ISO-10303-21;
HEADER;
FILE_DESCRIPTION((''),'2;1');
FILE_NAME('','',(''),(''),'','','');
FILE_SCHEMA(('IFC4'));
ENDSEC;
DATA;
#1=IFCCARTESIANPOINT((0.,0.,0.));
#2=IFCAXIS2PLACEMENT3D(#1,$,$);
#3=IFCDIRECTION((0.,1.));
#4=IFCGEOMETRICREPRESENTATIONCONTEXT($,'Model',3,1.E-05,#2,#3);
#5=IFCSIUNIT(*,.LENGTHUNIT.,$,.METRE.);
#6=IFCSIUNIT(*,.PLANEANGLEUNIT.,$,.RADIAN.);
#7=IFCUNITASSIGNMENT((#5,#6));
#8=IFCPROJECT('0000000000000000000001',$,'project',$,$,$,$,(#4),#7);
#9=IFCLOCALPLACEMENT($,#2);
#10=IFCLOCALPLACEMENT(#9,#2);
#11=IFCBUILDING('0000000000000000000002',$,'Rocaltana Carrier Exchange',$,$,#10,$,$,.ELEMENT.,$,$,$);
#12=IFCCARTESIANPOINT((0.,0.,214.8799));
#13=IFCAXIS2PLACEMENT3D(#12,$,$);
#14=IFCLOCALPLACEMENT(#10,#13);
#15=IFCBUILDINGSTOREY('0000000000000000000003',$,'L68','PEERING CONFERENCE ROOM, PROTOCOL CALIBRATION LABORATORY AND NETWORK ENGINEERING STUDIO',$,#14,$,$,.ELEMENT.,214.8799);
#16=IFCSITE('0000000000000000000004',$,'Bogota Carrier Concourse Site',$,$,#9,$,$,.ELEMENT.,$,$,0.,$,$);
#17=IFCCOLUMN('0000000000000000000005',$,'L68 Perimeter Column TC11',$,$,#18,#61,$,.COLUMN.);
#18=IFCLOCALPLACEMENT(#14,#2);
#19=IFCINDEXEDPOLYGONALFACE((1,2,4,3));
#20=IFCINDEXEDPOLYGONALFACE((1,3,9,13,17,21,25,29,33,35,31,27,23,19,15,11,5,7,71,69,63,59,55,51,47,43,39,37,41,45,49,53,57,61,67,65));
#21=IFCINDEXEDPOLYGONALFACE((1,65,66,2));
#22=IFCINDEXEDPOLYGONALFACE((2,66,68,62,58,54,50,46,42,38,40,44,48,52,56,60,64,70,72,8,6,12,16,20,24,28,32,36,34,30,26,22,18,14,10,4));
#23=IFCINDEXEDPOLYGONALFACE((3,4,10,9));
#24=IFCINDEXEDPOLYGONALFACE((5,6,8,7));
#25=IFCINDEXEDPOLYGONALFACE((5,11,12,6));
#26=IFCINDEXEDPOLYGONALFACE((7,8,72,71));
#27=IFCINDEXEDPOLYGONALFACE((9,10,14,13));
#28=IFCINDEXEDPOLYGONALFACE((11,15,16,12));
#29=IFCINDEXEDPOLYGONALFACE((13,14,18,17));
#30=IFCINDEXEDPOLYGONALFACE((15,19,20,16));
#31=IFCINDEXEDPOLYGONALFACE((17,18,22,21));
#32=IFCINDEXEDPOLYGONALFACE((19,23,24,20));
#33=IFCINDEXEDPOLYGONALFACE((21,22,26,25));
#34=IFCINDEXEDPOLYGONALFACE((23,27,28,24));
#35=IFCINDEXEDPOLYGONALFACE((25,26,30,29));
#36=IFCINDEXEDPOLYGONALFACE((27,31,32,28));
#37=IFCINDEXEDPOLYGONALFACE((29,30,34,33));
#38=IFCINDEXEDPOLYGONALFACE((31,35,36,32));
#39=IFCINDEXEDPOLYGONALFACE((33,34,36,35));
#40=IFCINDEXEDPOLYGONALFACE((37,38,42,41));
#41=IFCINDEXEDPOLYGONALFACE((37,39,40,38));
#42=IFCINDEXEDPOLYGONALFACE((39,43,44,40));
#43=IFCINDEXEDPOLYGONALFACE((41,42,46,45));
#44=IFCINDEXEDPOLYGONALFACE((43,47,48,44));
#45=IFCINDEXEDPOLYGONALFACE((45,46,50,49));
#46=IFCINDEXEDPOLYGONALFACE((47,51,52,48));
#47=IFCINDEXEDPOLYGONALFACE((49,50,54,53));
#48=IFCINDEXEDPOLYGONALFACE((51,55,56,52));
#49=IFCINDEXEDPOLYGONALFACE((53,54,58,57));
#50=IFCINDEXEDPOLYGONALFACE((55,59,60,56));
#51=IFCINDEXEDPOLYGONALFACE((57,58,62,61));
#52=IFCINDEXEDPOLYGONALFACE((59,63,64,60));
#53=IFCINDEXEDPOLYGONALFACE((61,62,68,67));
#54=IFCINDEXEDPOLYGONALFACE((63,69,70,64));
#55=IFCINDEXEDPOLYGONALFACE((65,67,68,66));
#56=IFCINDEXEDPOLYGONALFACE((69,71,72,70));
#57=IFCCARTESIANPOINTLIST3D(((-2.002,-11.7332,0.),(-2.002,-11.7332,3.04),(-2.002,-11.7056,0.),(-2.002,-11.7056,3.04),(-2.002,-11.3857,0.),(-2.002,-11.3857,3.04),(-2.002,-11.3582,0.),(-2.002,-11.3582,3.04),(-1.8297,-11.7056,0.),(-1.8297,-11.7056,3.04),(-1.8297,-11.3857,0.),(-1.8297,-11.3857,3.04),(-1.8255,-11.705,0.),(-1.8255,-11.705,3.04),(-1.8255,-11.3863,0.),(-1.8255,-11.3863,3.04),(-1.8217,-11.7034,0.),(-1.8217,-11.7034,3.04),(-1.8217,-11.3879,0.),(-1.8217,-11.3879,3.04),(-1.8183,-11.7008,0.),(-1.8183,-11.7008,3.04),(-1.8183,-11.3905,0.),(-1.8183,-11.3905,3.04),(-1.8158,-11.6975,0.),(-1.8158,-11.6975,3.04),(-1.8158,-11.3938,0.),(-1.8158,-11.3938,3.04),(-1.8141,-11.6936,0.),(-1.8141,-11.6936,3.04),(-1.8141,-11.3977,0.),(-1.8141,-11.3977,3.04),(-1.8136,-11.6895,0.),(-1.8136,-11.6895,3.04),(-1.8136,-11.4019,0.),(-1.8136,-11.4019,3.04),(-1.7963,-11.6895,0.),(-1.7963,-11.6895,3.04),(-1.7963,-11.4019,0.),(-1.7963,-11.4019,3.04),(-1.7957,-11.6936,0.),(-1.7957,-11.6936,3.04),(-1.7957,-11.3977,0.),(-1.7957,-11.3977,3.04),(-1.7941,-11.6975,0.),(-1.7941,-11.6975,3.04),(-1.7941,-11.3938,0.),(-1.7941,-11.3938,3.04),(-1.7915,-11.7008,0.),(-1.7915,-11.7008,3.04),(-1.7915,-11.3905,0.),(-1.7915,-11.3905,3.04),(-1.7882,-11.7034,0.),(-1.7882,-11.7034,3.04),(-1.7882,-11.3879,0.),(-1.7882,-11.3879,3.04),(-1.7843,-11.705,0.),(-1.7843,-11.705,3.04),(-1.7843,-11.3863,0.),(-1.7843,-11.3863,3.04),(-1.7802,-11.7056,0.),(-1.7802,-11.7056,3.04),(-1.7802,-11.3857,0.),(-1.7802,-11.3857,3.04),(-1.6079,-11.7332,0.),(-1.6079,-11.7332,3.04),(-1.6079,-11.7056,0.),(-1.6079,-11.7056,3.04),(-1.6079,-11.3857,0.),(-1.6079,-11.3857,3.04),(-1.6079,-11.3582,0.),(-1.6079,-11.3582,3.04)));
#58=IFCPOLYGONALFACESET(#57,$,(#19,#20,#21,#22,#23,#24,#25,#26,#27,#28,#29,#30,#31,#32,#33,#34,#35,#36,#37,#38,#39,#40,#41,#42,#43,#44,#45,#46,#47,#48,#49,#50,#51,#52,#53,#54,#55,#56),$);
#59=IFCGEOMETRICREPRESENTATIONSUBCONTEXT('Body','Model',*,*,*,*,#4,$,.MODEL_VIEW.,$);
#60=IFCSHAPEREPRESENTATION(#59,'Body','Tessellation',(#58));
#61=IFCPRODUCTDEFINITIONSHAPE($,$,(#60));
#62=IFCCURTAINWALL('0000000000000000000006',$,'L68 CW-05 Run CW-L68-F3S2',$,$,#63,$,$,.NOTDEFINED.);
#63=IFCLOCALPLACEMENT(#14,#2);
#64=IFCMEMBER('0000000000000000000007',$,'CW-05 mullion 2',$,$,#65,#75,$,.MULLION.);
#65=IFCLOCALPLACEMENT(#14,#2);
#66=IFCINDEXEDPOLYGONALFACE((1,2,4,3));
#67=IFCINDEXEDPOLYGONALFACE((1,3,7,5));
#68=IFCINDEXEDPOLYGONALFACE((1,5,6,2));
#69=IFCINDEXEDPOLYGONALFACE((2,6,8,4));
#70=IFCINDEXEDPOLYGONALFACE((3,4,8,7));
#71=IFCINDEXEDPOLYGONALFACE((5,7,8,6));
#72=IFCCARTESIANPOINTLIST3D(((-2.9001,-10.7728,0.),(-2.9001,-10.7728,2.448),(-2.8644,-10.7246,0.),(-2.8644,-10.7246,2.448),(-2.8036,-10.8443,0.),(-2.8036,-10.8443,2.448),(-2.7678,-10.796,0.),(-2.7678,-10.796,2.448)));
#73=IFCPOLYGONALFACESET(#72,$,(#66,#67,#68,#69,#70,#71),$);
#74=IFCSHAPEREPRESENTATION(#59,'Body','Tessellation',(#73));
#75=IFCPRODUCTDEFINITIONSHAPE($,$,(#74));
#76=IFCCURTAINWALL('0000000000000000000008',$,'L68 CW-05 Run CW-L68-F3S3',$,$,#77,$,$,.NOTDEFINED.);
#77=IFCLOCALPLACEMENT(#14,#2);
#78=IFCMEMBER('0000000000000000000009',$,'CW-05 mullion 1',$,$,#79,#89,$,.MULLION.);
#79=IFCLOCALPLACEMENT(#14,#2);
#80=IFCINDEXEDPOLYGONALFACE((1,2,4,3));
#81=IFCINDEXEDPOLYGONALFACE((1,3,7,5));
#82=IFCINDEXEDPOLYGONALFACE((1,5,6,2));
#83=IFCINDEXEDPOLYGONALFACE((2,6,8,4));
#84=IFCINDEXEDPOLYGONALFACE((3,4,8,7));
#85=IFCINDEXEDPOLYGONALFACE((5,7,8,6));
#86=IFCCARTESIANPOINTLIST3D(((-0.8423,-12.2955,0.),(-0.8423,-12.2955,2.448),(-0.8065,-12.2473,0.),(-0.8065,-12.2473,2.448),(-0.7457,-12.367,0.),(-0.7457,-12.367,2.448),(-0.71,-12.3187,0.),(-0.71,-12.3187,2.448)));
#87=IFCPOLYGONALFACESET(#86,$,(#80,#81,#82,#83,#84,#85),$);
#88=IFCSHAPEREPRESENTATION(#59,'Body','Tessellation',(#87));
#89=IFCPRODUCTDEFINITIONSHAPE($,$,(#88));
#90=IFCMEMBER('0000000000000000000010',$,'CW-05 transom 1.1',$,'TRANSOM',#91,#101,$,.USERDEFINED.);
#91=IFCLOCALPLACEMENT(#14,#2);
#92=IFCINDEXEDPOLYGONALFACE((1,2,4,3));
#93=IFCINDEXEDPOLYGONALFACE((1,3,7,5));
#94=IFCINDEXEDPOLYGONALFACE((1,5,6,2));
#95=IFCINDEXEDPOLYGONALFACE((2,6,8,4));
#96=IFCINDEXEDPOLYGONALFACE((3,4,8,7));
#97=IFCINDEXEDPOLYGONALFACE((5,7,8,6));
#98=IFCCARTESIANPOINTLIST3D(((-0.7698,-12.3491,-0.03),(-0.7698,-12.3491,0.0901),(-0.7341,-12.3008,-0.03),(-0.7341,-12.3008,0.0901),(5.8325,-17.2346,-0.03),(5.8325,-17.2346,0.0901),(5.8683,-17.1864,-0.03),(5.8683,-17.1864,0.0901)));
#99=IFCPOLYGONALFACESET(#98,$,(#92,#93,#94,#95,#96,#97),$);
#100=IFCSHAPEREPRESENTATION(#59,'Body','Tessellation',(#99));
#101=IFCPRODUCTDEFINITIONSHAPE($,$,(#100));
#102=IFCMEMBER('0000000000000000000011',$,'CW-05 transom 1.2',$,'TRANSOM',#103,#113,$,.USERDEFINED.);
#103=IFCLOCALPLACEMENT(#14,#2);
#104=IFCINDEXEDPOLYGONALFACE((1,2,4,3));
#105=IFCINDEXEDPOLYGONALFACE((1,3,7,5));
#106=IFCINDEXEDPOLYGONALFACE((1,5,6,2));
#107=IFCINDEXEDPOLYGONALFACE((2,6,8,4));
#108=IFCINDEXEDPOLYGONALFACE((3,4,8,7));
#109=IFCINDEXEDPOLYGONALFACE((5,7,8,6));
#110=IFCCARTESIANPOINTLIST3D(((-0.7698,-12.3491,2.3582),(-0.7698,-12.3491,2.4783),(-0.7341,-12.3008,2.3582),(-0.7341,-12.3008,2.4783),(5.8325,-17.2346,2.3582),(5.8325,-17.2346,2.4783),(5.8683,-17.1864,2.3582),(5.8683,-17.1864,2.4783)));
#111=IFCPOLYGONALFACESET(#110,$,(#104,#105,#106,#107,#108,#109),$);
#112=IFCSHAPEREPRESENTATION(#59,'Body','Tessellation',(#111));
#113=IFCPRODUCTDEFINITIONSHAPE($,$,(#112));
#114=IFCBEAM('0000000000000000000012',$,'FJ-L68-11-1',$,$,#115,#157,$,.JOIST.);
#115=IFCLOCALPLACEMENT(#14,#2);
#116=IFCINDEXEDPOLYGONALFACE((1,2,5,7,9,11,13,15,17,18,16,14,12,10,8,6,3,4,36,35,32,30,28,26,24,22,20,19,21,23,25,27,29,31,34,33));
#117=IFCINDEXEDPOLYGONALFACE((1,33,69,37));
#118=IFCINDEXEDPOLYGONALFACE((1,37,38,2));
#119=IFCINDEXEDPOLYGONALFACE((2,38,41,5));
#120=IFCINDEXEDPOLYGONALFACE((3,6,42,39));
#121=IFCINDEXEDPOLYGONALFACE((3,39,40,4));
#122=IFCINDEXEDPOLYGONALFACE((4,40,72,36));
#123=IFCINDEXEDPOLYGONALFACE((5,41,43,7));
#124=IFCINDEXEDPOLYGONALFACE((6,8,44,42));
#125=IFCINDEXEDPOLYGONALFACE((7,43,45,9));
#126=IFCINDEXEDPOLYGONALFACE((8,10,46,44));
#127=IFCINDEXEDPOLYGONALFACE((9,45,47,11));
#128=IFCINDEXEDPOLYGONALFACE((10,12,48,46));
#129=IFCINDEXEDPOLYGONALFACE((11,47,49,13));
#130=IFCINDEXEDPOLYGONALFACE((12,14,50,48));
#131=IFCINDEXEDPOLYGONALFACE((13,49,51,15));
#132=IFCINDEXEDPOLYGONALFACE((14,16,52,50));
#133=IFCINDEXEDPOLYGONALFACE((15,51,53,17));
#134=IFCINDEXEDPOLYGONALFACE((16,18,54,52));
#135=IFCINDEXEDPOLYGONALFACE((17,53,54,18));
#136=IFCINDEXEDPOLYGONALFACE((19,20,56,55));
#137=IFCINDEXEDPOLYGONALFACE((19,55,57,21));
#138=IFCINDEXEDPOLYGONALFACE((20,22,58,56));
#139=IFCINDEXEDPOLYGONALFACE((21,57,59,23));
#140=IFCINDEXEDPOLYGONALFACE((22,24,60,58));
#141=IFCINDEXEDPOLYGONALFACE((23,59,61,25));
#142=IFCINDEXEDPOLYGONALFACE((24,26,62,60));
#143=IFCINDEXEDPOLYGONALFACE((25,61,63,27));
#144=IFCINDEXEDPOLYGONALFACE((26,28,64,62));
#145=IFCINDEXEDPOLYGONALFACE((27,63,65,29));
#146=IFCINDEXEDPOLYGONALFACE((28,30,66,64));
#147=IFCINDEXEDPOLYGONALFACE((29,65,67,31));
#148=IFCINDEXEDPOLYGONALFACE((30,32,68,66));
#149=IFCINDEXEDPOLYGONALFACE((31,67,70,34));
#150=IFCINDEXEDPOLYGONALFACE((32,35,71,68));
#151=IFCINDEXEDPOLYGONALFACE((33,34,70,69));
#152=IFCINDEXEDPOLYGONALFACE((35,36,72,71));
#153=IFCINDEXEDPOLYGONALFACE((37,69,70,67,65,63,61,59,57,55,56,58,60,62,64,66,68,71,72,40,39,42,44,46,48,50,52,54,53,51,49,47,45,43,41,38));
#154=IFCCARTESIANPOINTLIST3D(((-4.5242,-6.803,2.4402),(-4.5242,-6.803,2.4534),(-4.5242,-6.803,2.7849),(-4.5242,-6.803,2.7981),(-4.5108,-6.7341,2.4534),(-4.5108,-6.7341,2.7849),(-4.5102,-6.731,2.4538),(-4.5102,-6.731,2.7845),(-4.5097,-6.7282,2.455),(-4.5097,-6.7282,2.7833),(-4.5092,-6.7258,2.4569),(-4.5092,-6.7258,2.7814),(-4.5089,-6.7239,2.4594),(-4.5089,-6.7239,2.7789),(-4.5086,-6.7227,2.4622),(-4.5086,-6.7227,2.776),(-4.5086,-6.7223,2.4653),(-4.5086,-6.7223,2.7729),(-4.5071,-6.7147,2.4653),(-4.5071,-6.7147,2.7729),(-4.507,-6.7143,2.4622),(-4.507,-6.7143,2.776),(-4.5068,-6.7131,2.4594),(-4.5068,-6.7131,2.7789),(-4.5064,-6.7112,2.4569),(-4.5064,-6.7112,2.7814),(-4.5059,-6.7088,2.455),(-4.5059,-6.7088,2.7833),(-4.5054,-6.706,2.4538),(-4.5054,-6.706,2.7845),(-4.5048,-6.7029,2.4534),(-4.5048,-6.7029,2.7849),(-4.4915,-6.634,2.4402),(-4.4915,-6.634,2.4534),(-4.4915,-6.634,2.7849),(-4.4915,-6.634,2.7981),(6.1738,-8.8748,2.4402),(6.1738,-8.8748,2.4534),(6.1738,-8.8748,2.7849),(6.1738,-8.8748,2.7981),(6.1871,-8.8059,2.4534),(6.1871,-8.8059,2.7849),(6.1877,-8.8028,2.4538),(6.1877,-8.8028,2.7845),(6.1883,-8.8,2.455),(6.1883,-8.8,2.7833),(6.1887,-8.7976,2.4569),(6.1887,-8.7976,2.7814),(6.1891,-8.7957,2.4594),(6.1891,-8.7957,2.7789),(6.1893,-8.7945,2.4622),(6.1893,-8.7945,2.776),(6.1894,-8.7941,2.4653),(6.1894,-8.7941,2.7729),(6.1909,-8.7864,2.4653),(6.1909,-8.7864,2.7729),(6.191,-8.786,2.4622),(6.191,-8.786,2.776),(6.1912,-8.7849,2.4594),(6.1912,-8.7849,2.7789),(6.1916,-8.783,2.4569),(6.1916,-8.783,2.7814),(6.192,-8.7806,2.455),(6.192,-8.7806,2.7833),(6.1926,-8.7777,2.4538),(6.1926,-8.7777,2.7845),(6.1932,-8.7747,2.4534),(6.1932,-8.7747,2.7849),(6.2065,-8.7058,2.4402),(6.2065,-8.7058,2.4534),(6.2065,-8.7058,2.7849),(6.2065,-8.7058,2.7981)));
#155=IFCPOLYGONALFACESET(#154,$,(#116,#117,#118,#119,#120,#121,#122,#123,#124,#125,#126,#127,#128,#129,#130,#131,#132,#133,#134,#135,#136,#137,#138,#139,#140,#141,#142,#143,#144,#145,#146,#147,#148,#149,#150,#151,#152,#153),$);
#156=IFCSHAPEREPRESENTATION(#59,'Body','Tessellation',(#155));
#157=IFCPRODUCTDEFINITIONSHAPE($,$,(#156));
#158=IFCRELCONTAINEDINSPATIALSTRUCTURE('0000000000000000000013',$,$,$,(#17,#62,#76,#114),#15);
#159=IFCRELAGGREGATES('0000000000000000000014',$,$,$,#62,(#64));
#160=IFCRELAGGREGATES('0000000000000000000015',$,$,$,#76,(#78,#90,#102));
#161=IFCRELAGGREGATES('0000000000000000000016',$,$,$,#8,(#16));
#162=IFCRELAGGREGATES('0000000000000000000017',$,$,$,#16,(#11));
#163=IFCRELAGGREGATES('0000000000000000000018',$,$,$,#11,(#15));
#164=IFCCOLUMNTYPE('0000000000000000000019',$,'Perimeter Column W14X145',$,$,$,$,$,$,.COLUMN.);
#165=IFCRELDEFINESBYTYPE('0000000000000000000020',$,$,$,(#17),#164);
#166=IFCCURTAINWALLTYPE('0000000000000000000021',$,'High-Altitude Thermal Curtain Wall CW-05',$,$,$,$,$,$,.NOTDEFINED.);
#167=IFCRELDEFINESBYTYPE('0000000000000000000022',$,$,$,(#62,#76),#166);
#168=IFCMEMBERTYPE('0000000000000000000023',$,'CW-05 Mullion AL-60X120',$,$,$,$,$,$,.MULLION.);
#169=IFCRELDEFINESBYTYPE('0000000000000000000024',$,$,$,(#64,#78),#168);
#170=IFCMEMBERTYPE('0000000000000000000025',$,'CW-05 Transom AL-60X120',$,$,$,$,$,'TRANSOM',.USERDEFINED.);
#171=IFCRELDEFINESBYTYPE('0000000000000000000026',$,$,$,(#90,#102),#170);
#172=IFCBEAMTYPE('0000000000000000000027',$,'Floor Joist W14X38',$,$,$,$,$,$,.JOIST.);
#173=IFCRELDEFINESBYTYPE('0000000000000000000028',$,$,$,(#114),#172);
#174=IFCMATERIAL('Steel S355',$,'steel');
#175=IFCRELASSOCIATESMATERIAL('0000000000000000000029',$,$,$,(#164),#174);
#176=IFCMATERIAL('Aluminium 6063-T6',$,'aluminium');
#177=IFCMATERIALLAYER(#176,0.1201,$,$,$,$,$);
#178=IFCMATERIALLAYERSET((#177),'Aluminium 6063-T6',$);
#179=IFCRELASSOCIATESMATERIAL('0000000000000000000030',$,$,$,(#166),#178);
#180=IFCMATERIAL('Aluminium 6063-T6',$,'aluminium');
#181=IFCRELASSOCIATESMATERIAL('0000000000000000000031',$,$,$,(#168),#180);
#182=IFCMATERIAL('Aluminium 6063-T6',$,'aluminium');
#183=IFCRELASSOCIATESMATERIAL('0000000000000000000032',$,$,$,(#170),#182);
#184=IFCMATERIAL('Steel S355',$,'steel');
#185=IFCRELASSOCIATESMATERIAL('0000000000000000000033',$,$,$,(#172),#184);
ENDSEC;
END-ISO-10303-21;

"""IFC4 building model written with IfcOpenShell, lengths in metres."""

from ifc_helpers import new_model, si_unit, direction, frame, origin, origin_2d, place, context, subcontext, project, spatial, rectangle, i_section, extrude, material, layer, layer_set, material_profile, profile_set, type_object, element, aggregate, save


model = new_model("IFC4")

# Units and contexts
model_context = context("Model", 3, precision=1e-05, world=origin(), true_north=direction((0.0, 1.0)))
body_context = subcontext(model_context, "Body", "Model", "MODEL_VIEW")
ifc_project = project(units=[si_unit("LENGTHUNIT", "METRE"), si_unit("PLANEANGLEUNIT", "RADIAN")], contexts=[model_context])

# Site, building, storey
site_placement = place(None, origin())
site = spatial("IfcSite", under=ifc_project, at=site_placement, Name="Bogota Carrier Concourse Site", CompositionType="ELEMENT", RefElevation=0.0)
building_placement = place(site_placement, origin())
building = spatial("IfcBuilding", under=site, at=building_placement, Name="Rocaltana Carrier Exchange", CompositionType="ELEMENT")
storey_placement = place(building_placement, frame((0.0, 0.0, 214.8799)))
storey = spatial("IfcBuildingStorey", under=building, at=storey_placement, Name="L68", Description="PEERING CONFERENCE ROOM, PROTOCOL CALIBRATION LABORATORY AND NETWORK ENGINEERING STUDIO", CompositionType="ELEMENT", Elevation=214.8799)

# Column
ifc_material_1 = material(Name="Steel S355", Category="steel")
ifc_material_profile_1 = material_profile(ifc_material_1, i_section(OverallWidth=0.394, OverallDepth=0.375, WebThickness=0.0173, FlangeThickness=0.0276, FilletRadius=0.0161, at=origin_2d()), Name="W14X145")
ifc_profile_set_1 = profile_set([ifc_material_profile_1], Name="Steel S355")
column_type = type_object("IfcColumnType", Name="Perimeter Column W14X145", PredefinedType="COLUMN", material=ifc_profile_set_1)
column_placement = place(storey_placement, frame((-1.8049, -11.5457, 0.0), z_axis=(0.0, 0.0, 1.0), x_axis=(1.0, 0.0, 0.0)))
element("IfcColumn", 1, at=column_placement, inside=storey, type_object=column_type, Name="L68 Perimeter Column TC11", PredefinedType="COLUMN", context=body_context, shape_type="SweptSolid", body=[
    extrude(i_section(OverallWidth=0.394, OverallDepth=0.375, WebThickness=0.0173, FlangeThickness=0.0276, FilletRadius=0.0161, at=origin_2d()), origin(), (0.0, 0.0, 1.0), 3.04),
])

# Curtain wall, member
ifc_material_2 = material(Name="Aluminium 6063-T6", Category="aluminium")
ifc_layer_1 = layer(ifc_material_2, 0.1201)
ifc_layer_set_1 = layer_set([ifc_layer_1], Name="Aluminium 6063-T6")
curtain_wall_type = type_object("IfcCurtainWallType", Name="High-Altitude Thermal Curtain Wall CW-05", PredefinedType="NOTDEFINED", material=ifc_layer_set_1)
curtain_wall_1_placement = place(storey_placement, origin())
curtain_wall_1 = element("IfcCurtainWall", 2, at=curtain_wall_1_placement, inside=storey, type_object=curtain_wall_type, Name="L68 CW-05 Run CW-L68-F3S2", PredefinedType="NOTDEFINED")
ifc_material_3 = material(Name="Aluminium 6063-T6", Category="aluminium")
ifc_material_profile_2 = material_profile(ifc_material_3, rectangle(XDim=0.0601, YDim=0.1201, at=origin_2d()), Name="AL-60X120")
ifc_profile_set_2 = profile_set([ifc_material_profile_2], Name="Aluminium 6063-T6")
member_type_1 = type_object("IfcMemberType", Name="CW-05 Mullion AL-60X120", PredefinedType="MULLION", material=ifc_profile_set_2)
member_1_placement = place(storey_placement, frame((-2.834, -10.7844, 0.0), z_axis=(0.0, 0.0, 1.0), x_axis=(0.594821, 0.803858, 0.0)))
member_1 = element("IfcMember", 3, at=member_1_placement, type_object=member_type_1, Name="CW-05 mullion 2", PredefinedType="MULLION", context=body_context, shape_type="SweptSolid", body=[
    extrude(rectangle(XDim=0.0601, YDim=0.1201, at=origin_2d()), origin(), (0.0, 0.0, 1.0), 2.448),
])
aggregate(curtain_wall_1, [member_1])

# Curtain wall, members
curtain_wall_2_placement = place(storey_placement, origin())
curtain_wall_2 = element("IfcCurtainWall", 4, at=curtain_wall_2_placement, inside=storey, type_object=curtain_wall_type, Name="L68 CW-05 Run CW-L68-F3S3", PredefinedType="NOTDEFINED")
member_2_placement = place(storey_placement, frame((-0.7761, -12.3071, 0.0), z_axis=(0.0, 0.0, 1.0), x_axis=(0.594827, 0.803854, 0.0)))
member_2 = element("IfcMember", 5, at=member_2_placement, type_object=member_type_1, Name="CW-05 mullion 1", PredefinedType="MULLION", context=body_context, shape_type="SweptSolid", body=[
    extrude(rectangle(XDim=0.0601, YDim=0.1201, at=origin_2d()), origin(), (0.0, 0.0, 1.0), 2.448),
])
ifc_material_4 = material(Name="Aluminium 6063-T6", Category="aluminium")
ifc_material_profile_3 = material_profile(ifc_material_4, rectangle(XDim=0.0601, YDim=0.1201, at=origin_2d()), Name="AL-60X120")
ifc_profile_set_3 = profile_set([ifc_material_profile_3], Name="Aluminium 6063-T6")
member_type_2 = type_object("IfcMemberType", Name="CW-05 Transom AL-60X120", ElementType="TRANSOM", PredefinedType="USERDEFINED", material=ifc_profile_set_3)
member_3_placement = place(storey_placement, frame((-0.752, -12.325, 0.03), z_axis=(0.803854, -0.594827, 0.0), x_axis=(0.594827, 0.803854, 0.0)))
member_3 = element("IfcMember", 6, at=member_3_placement, type_object=member_type_2, Name="CW-05 transom 1.1", ObjectType="TRANSOM", PredefinedType="USERDEFINED", context=body_context, shape_type="SweptSolid", body=[
    extrude(rectangle(XDim=0.0601, YDim=0.1201, at=origin_2d()), origin(), (0.0, 0.0, 1.0), 8.2134),
])
member_4_placement = place(storey_placement, frame((-0.752, -12.325, 2.4182), z_axis=(0.803854, -0.594827, 0.0), x_axis=(0.594827, 0.803854, 0.0)))
member_4 = element("IfcMember", 7, at=member_4_placement, type_object=member_type_2, Name="CW-05 transom 1.2", ObjectType="TRANSOM", PredefinedType="USERDEFINED", context=body_context, shape_type="SweptSolid", body=[
    extrude(rectangle(XDim=0.0601, YDim=0.1201, at=origin_2d()), origin(), (0.0, 0.0, 1.0), 8.2134),
])
aggregate(curtain_wall_2, [member_2, member_3, member_4])

# Beam
ifc_material_5 = material(Name="Steel S355", Category="steel")
ifc_material_profile_4 = material_profile(ifc_material_5, i_section(OverallWidth=0.1721, OverallDepth=0.3579, WebThickness=0.0078, FlangeThickness=0.0132, FilletRadius=0.012, at=origin_2d()), Name="W14X38")
ifc_profile_set_4 = profile_set([ifc_material_profile_4], Name="Steel S355")
beam_type_1 = type_object("IfcBeamType", Name="Floor Joist W14X38", PredefinedType="JOIST", material=ifc_profile_set_4)
beam_1_placement = place(storey_placement, frame((-4.5078, -6.7185, 2.6191), z_axis=(0.981759, -0.190128, 0.0), x_axis=(0.190128, 0.981759, 0.0)))
element("IfcBeam", 8, at=beam_1_placement, inside=storey, type_object=beam_type_1, Name="FJ-L68-11-1", PredefinedType="JOIST", context=body_context, shape_type="SweptSolid", body=[
    extrude(i_section(OverallWidth=0.1721, OverallDepth=0.3579, WebThickness=0.0078, FlangeThickness=0.0132, FilletRadius=0.012, at=origin_2d()), origin(), (0.0, 0.0, 1.0), 10.8967),
])

save(model, "model.ifc")
